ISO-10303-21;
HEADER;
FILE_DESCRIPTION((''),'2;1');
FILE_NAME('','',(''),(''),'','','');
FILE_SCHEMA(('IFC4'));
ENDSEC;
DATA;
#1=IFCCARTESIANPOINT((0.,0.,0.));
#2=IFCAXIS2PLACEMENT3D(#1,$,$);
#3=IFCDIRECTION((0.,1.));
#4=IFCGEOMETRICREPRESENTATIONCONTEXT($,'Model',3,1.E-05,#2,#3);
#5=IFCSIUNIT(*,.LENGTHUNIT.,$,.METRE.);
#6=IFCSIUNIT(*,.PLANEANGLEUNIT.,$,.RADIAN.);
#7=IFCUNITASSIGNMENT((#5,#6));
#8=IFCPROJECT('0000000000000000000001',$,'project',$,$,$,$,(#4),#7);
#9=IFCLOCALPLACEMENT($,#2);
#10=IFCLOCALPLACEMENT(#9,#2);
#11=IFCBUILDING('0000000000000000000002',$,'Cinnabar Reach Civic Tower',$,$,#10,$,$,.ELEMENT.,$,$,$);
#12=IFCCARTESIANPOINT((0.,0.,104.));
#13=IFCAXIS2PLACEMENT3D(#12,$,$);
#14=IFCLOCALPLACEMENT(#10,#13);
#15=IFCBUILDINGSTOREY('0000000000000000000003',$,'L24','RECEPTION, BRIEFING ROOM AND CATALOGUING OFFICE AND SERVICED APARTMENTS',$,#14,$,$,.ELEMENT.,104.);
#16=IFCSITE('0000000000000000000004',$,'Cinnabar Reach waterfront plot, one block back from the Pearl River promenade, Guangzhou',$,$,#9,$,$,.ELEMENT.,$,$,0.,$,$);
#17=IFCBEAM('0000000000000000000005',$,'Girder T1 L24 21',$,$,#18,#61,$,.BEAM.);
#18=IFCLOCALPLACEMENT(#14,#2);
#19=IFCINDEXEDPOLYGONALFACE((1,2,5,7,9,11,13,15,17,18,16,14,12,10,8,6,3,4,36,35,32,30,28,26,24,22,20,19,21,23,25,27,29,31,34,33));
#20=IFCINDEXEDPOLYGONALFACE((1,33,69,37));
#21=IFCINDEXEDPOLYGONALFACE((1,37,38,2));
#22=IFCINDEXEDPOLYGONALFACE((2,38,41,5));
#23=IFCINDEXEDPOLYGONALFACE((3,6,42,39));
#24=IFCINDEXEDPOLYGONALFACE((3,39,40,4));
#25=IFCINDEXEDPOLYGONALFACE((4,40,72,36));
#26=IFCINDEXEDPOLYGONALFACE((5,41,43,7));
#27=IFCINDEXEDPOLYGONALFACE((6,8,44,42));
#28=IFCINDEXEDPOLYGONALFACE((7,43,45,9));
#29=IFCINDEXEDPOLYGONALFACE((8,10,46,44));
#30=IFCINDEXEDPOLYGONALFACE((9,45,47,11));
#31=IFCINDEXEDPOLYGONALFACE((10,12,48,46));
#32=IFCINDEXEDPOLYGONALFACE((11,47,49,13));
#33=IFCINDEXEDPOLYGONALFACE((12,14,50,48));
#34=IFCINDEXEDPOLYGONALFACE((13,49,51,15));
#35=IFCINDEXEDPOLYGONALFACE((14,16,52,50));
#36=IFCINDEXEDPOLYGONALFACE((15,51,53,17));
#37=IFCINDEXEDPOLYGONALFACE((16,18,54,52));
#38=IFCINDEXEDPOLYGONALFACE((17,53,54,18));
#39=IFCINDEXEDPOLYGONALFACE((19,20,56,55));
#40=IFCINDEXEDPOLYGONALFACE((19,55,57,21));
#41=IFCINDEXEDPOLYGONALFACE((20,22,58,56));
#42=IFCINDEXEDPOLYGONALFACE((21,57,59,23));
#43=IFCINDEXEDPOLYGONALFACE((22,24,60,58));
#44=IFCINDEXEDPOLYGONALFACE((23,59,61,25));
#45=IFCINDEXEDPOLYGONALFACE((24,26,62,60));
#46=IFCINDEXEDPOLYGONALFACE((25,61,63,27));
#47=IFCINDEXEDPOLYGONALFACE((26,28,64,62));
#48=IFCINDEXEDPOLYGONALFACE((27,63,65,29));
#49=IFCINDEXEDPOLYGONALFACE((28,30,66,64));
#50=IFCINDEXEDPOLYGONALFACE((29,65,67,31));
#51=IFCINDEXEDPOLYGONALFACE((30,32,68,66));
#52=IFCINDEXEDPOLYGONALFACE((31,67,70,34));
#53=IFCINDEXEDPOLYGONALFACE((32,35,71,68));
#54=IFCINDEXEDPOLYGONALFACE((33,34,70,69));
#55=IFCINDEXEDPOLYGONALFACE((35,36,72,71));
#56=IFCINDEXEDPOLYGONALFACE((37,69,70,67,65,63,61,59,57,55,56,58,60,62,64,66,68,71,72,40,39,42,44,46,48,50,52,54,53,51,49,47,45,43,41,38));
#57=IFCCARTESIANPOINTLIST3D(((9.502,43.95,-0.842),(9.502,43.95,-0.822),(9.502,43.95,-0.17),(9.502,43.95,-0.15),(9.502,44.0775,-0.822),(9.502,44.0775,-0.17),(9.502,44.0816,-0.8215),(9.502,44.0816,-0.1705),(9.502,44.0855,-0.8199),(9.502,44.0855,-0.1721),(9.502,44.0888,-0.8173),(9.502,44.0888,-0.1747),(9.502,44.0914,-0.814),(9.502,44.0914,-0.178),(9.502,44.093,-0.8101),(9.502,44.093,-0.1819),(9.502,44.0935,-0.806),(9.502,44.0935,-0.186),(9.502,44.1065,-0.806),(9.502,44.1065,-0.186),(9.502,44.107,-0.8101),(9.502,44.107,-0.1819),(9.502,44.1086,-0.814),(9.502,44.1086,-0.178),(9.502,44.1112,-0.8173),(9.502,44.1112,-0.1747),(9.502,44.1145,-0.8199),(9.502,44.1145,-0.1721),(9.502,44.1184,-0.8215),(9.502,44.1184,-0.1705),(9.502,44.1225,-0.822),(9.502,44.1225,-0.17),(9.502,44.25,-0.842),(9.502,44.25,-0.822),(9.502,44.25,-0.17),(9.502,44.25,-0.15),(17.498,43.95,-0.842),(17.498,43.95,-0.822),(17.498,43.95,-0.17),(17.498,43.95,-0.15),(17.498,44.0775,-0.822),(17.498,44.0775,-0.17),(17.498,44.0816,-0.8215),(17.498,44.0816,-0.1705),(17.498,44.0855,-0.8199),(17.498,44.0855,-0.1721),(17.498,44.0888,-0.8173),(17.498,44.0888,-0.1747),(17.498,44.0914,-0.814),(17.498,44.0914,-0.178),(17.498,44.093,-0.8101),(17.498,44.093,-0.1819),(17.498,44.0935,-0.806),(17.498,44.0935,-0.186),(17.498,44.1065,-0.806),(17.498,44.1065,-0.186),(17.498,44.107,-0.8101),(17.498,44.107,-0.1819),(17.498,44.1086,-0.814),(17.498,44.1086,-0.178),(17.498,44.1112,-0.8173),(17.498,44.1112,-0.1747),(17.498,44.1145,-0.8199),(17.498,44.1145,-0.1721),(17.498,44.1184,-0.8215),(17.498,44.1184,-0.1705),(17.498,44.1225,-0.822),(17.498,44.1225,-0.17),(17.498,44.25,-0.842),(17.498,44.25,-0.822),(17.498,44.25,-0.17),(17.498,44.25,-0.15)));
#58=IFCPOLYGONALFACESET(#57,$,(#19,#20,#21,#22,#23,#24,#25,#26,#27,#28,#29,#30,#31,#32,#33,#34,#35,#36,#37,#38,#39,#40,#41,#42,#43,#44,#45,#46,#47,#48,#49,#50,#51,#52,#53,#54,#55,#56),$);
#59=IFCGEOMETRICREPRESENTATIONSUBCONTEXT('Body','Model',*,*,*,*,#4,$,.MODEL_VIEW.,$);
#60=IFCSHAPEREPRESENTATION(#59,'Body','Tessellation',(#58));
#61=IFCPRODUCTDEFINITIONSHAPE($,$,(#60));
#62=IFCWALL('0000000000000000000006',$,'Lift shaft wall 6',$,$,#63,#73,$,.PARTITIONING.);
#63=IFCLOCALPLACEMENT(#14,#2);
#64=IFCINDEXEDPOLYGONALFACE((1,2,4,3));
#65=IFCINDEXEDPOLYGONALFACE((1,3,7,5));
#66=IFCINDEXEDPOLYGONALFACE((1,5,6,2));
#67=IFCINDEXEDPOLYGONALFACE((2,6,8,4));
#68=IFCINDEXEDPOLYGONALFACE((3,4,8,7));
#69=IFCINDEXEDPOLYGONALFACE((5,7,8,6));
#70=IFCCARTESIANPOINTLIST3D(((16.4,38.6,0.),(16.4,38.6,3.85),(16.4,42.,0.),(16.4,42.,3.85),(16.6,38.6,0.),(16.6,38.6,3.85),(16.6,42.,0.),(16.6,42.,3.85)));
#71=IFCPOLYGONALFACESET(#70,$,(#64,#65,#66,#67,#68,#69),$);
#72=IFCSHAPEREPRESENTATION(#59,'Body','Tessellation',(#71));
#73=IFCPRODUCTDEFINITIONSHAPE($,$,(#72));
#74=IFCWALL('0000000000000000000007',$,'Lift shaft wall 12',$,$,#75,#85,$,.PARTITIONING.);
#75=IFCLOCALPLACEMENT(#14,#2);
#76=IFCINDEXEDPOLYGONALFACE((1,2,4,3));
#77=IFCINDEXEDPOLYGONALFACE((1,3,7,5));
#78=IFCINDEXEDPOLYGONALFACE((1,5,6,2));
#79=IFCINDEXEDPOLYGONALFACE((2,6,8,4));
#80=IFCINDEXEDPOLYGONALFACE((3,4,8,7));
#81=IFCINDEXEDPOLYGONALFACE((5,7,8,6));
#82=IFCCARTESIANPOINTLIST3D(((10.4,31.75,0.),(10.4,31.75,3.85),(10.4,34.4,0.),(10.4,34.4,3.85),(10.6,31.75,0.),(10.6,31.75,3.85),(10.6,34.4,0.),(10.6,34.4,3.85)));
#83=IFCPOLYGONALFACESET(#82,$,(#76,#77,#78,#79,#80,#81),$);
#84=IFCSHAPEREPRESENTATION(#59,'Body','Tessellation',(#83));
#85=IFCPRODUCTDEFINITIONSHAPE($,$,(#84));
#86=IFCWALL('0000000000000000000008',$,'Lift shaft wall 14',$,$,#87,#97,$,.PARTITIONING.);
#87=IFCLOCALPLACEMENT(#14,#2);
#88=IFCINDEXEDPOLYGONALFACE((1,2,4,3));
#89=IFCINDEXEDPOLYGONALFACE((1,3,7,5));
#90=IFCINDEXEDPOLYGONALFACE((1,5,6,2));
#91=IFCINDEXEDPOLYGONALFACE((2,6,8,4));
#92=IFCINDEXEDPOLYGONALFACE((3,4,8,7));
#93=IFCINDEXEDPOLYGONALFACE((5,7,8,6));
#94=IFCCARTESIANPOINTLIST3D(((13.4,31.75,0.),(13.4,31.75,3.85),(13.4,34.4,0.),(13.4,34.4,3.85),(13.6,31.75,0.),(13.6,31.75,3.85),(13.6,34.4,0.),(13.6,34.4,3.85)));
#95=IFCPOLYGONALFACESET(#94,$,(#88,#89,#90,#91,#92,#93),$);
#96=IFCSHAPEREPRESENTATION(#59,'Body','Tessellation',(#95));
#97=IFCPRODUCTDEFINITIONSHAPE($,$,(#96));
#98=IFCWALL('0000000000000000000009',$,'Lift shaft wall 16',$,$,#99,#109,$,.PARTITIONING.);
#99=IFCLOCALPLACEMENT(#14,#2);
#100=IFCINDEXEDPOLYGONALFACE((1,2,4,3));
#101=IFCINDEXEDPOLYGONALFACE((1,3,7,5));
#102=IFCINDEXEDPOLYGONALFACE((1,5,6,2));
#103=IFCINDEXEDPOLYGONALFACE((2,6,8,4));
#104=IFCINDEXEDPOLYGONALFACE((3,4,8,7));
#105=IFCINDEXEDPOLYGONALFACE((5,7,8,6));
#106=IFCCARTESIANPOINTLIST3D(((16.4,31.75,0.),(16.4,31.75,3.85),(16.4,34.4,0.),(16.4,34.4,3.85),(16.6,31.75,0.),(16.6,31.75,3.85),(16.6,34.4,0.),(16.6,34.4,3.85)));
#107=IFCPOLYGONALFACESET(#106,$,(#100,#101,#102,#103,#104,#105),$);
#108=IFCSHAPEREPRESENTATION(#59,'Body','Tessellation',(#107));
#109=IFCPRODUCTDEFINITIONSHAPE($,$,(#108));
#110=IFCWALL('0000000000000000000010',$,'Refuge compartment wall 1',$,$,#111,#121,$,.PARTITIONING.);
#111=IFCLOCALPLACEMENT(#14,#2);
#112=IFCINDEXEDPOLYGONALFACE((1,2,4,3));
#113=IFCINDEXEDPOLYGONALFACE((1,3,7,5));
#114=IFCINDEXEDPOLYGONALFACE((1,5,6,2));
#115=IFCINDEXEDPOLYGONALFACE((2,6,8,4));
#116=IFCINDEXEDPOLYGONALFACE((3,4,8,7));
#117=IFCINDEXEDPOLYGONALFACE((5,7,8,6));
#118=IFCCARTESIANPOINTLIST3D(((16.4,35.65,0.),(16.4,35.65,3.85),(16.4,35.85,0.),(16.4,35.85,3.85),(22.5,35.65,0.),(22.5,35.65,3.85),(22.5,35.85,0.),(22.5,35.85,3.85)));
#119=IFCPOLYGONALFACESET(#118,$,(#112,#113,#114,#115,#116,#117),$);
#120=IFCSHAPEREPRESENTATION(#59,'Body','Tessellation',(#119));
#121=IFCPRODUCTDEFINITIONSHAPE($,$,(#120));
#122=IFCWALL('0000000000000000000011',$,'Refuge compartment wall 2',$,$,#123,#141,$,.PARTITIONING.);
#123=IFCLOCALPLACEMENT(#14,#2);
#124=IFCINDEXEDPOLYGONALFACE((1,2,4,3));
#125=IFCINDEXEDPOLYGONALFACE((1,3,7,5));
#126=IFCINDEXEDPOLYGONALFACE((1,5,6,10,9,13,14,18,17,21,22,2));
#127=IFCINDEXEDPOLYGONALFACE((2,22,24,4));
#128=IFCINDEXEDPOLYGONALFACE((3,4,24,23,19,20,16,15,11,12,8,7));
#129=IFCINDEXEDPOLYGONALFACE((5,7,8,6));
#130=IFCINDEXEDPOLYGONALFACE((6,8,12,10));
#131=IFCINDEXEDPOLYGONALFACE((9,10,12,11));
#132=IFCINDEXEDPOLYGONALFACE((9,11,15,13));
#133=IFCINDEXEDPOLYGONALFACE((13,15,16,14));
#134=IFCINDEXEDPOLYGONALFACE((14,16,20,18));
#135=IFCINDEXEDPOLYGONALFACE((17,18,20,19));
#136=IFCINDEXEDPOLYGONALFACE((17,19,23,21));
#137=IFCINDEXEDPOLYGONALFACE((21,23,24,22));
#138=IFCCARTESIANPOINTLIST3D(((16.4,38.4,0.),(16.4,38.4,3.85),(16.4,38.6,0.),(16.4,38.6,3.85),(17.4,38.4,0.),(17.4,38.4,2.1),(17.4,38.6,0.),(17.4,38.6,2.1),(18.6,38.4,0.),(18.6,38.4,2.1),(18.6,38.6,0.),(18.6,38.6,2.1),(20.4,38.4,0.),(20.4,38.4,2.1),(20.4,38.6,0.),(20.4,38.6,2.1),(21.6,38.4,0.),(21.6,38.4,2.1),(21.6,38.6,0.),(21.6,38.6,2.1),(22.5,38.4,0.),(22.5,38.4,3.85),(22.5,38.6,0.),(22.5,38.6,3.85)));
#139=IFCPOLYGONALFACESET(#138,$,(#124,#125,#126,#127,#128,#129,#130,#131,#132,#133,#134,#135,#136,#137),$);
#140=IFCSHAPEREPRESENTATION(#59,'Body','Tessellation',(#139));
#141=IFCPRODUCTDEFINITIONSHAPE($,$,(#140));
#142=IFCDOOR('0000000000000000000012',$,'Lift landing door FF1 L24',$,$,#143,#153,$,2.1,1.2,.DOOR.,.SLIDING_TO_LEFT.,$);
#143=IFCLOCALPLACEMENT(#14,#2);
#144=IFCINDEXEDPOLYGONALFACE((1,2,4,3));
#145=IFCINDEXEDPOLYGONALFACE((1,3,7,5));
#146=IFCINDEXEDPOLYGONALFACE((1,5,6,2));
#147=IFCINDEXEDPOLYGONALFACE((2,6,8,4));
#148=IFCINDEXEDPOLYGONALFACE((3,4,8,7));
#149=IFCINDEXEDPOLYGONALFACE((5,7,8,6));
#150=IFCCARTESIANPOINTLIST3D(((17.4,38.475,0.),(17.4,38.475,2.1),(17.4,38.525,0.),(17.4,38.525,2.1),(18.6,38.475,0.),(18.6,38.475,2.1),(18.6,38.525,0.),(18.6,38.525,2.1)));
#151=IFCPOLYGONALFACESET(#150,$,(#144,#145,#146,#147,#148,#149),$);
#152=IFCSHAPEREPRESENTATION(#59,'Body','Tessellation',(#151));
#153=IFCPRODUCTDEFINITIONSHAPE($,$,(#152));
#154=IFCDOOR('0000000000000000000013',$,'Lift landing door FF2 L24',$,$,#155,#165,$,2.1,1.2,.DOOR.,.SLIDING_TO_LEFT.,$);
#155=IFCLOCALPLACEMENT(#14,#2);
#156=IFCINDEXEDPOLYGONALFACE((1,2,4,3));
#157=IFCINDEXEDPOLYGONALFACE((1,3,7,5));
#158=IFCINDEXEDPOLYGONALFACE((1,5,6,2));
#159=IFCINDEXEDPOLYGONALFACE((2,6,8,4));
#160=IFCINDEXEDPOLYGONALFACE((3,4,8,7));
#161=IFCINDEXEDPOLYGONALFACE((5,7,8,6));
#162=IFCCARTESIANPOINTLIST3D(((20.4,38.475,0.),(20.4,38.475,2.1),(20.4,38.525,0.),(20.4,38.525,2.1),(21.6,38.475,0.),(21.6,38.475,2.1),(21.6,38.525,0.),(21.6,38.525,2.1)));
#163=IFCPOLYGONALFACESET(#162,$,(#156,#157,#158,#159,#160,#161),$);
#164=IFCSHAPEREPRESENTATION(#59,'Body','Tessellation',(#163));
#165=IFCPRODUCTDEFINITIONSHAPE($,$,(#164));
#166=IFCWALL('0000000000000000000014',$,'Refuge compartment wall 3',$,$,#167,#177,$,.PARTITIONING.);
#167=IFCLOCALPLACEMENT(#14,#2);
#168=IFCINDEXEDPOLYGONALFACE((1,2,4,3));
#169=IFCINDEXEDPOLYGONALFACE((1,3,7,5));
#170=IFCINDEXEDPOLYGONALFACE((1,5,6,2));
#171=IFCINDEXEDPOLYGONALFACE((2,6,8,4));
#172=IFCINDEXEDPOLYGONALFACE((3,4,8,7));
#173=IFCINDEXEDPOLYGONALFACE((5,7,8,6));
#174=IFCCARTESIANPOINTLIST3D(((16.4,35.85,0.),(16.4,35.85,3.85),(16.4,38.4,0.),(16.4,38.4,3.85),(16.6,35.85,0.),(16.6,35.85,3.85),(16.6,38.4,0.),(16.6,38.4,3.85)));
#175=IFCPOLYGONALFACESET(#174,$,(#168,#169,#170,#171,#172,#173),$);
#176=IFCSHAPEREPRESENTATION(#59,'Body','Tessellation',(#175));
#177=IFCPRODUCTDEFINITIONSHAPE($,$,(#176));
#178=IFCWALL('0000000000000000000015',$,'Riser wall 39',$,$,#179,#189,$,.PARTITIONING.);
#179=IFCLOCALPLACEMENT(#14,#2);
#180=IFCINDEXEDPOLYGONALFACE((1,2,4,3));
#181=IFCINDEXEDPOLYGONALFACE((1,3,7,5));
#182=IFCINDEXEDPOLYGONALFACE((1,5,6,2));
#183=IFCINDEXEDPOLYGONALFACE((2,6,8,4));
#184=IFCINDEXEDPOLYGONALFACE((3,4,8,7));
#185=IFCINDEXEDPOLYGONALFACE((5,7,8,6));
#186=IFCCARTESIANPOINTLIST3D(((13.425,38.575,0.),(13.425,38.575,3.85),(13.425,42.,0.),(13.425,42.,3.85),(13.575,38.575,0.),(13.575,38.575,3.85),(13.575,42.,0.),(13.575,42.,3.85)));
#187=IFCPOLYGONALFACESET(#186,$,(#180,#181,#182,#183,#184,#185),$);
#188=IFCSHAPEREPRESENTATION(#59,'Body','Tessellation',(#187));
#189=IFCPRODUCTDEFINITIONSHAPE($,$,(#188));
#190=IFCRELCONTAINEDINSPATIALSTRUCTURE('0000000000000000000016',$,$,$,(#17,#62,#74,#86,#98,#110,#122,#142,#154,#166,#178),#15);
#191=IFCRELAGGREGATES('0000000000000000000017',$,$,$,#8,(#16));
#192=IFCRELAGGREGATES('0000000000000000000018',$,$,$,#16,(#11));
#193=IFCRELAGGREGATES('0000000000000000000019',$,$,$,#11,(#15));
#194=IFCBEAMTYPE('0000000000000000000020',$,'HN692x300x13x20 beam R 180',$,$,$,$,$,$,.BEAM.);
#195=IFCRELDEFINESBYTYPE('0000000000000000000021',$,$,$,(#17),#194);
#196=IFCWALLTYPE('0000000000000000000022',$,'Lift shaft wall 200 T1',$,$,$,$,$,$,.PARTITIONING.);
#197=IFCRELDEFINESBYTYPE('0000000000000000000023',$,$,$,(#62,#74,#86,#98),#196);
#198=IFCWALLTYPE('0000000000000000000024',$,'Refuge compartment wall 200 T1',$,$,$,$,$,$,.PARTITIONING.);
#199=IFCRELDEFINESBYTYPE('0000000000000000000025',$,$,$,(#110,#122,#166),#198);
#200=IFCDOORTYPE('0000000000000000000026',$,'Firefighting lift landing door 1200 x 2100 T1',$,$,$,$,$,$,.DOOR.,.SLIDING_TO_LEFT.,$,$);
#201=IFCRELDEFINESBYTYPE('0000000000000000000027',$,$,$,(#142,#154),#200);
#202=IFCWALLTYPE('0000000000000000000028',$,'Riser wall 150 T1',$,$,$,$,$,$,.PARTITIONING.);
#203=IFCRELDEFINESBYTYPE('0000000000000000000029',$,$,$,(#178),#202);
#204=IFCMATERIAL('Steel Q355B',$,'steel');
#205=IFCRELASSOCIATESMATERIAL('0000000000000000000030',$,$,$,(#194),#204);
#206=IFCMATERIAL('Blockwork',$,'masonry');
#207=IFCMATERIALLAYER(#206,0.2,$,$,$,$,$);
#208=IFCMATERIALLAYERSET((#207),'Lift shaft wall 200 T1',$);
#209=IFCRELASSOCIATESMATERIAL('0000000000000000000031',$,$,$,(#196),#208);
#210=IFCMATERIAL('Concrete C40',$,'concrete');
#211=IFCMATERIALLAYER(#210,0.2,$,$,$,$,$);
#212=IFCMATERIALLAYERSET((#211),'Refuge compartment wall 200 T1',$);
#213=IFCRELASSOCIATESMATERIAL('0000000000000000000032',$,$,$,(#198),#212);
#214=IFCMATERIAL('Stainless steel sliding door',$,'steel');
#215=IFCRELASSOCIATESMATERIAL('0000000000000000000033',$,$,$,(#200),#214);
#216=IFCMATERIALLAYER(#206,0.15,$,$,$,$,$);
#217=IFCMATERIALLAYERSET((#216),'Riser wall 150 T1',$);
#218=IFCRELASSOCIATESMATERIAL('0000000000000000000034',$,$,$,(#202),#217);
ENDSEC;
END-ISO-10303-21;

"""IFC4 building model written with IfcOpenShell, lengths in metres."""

from ifc_helpers import new_model, si_unit, direction, frame, frame_2d, origin, origin_2d, place, context, subcontext, project, spatial, rectangle, i_section, extrude, material, layer, layer_set, material_profile, profile_set, type_object, element, fill, save


model = new_model("IFC4")

# Units and contexts
model_context = context("Model", 3, precision=1e-05, world=origin(), true_north=direction((0.0, 1.0)))
body_context = subcontext(model_context, "Body", "Model", "MODEL_VIEW")
ifc_project = project(units=[si_unit("LENGTHUNIT", "METRE"), si_unit("PLANEANGLEUNIT", "RADIAN")], contexts=[model_context])

# Site, building, storey
site_placement = place(None, origin())
site = spatial("IfcSite", under=ifc_project, at=site_placement, Name="Cinnabar Reach waterfront plot, one block back from the Pearl River promenade, Guangzhou", CompositionType="ELEMENT", RefElevation=0.0)
building_placement = place(site_placement, origin())
building = spatial("IfcBuilding", under=site, at=building_placement, Name="Cinnabar Reach Civic Tower", CompositionType="ELEMENT")
storey_placement = place(building_placement, frame((0.0, 0.0, 104.0)))
storey = spatial("IfcBuildingStorey", under=building, at=storey_placement, Name="L24", Description="RECEPTION, BRIEFING ROOM AND CATALOGUING OFFICE AND SERVICED APARTMENTS", CompositionType="ELEMENT", Elevation=104.0)

# Beam
ifc_material_1 = material(Name="Steel Q355B", Category="steel")
ifc_material_profile_1 = material_profile(ifc_material_1, i_section(OverallWidth=0.3, OverallDepth=0.692, WebThickness=0.013, FlangeThickness=0.02, FilletRadius=0.016, at=origin_2d()), Name="HN692x300x13x20")
ifc_profile_set_1 = profile_set([ifc_material_profile_1], Name="Steel Q355B")
beam_type_1 = type_object("IfcBeamType", Name="HN692x300x13x20 beam R 180", PredefinedType="BEAM", material=ifc_profile_set_1)
beam_1_placement = place(storey_placement, frame((9.502, 44.1, -0.496), z_axis=(1.0, 0.0, 0.0), x_axis=(0.0, 1.0, 0.0)))
element("IfcBeam", 1, at=beam_1_placement, inside=storey, type_object=beam_type_1, Name="Girder T1 L24 21", PredefinedType="BEAM", context=body_context, shape_type="SweptSolid", body=[
    extrude(i_section(OverallWidth=0.3, OverallDepth=0.692, WebThickness=0.013, FlangeThickness=0.02, FilletRadius=0.016, at=origin_2d()), origin(), (0.0, 0.0, 1.0), 7.996),
])

# Walls
ifc_material_2 = material(Name="Blockwork", Category="masonry")
ifc_layer_1 = layer(ifc_material_2, 0.2)
ifc_layer_set_1 = layer_set([ifc_layer_1], Name="Lift shaft wall 200 T1")
wall_type_1 = type_object("IfcWallType", Name="Lift shaft wall 200 T1", PredefinedType="PARTITIONING", material=ifc_layer_set_1)
wall_1_placement = place(storey_placement, frame((16.5, 38.6, 0.0), z_axis=(0.0, 0.0, 1.0), x_axis=(0.0, 1.0, 0.0)))
element("IfcWall", 2, at=wall_1_placement, inside=storey, type_object=wall_type_1, Name="Lift shaft wall 6", PredefinedType="PARTITIONING", context=body_context, shape_type="SweptSolid", body=[
    extrude(rectangle(XDim=3.4, YDim=0.2, at=frame_2d((1.7, 0.0))), origin(), (0.0, 0.0, 1.0), 3.85),
])
for number, where, z_axis, x_axis, name in (
    (3, (10.5, 31.75, 0.0), (0.0, 0.0, 1.0), (0.0, 1.0, 0.0), "Lift shaft wall 12"),
    (4, (13.5, 31.75, 0.0), (0.0, 0.0, 1.0), (0.0, 1.0, 0.0), "Lift shaft wall 14"),
    (5, (16.5, 31.75, 0.0), (0.0, 0.0, 1.0), (0.0, 1.0, 0.0), "Lift shaft wall 16"),
):
    element("IfcWall", number, at=place(storey_placement, frame(where, z_axis=z_axis, x_axis=x_axis)), inside=storey, type_object=wall_type_1, Name=name, PredefinedType="PARTITIONING", context=body_context, shape_type="SweptSolid", body=[
        extrude(rectangle(XDim=2.65, YDim=0.2, at=frame_2d((1.325, 0.0))), origin(), (0.0, 0.0, 1.0), 3.85),
    ])
ifc_material_3 = material(Name="Concrete C40", Category="concrete")
ifc_layer_2 = layer(ifc_material_3, 0.2)
ifc_layer_set_2 = layer_set([ifc_layer_2], Name="Refuge compartment wall 200 T1")
wall_type_2 = type_object("IfcWallType", Name="Refuge compartment wall 200 T1", PredefinedType="PARTITIONING", material=ifc_layer_set_2)
wall_2_placement = place(storey_placement, frame((16.4, 35.75, 0.0), z_axis=(0.0, 0.0, 1.0), x_axis=(1.0, 0.0, 0.0)))
element("IfcWall", 6, at=wall_2_placement, inside=storey, type_object=wall_type_2, Name="Refuge compartment wall 1", PredefinedType="PARTITIONING", context=body_context, shape_type="SweptSolid", body=[
    extrude(rectangle(XDim=6.1, YDim=0.2, at=frame_2d((3.05, 0.0))), origin(), (0.0, 0.0, 1.0), 3.85),
])

# Wall, openings, doors
wall_3_placement = place(storey_placement, frame((16.4, 38.5, 0.0), z_axis=(0.0, 0.0, 1.0), x_axis=(1.0, 0.0, 0.0)))
wall_3 = element("IfcWall", 7, at=wall_3_placement, inside=storey, type_object=wall_type_2, Name="Refuge compartment wall 2", PredefinedType="PARTITIONING", context=body_context, shape_type="SweptSolid", body=[
    extrude(rectangle(XDim=6.1, YDim=0.2, at=frame_2d((3.05, 0.0))), origin(), (0.0, 0.0, 1.0), 3.85),
])
opening_1_placement = place(wall_3_placement, frame((1.0, 0.0, 0.0)))
opening_1 = element("IfcOpeningElement", 8, at=opening_1_placement, cuts=wall_3, PredefinedType="OPENING", context=body_context, shape_type="SweptSolid", body=[
    extrude(rectangle(XDim=1.2, YDim=2.1, at=frame_2d((0.6, 1.05))), frame((0.0, 0.11, 0.0), z_axis=(0.0, -1.0, 0.0), x_axis=(1.0, 0.0, 0.0)), (0.0, 0.0, 1.0), 0.22),
])
opening_2_placement = place(wall_3_placement, frame((4.0, 0.0, 0.0)))
opening_2 = element("IfcOpeningElement", 9, at=opening_2_placement, cuts=wall_3, PredefinedType="OPENING", context=body_context, shape_type="SweptSolid", body=[
    extrude(rectangle(XDim=1.2, YDim=2.1, at=frame_2d((0.6, 1.05))), frame((0.0, 0.11, 0.0), z_axis=(0.0, -1.0, 0.0), x_axis=(1.0, 0.0, 0.0)), (0.0, 0.0, 1.0), 0.22),
])
ifc_material_4 = material(Name="Stainless steel sliding door", Category="steel")
door_type = type_object("IfcDoorType", Name="Firefighting lift landing door 1200 x 2100 T1", OperationType="SLIDING_TO_LEFT", PredefinedType="DOOR", material=ifc_material_4)
door_1_placement = place(opening_1_placement, origin())
door_1 = element("IfcDoor", 10, at=door_1_placement, inside=storey, type_object=door_type, Name="Lift landing door FF1 L24", OperationType="SLIDING_TO_LEFT", OverallHeight=2.1, OverallWidth=1.2, PredefinedType="DOOR", context=body_context, shape_type="SweptSolid", body=[
    extrude(rectangle(XDim=1.2, YDim=2.1, at=frame_2d((0.6, 1.05))), frame((0.0, 0.025, 0.0), z_axis=(0.0, -1.0, 0.0), x_axis=(1.0, 0.0, 0.0)), (0.0, 0.0, 1.0), 0.05),
])
fill(opening_1, door_1)
door_2_placement = place(opening_2_placement, origin())
door_2 = element("IfcDoor", 11, at=door_2_placement, inside=storey, type_object=door_type, Name="Lift landing door FF2 L24", OperationType="SLIDING_TO_LEFT", OverallHeight=2.1, OverallWidth=1.2, PredefinedType="DOOR", context=body_context, shape_type="SweptSolid", body=[
    extrude(rectangle(XDim=1.2, YDim=2.1, at=frame_2d((0.6, 1.05))), frame((0.0, 0.025, 0.0), z_axis=(0.0, -1.0, 0.0), x_axis=(1.0, 0.0, 0.0)), (0.0, 0.0, 1.0), 0.05),
])
fill(opening_2, door_2)

# Walls
wall_4_placement = place(storey_placement, frame((16.5, 35.85, 0.0), z_axis=(0.0, 0.0, 1.0), x_axis=(0.0, 1.0, 0.0)))
element("IfcWall", 12, at=wall_4_placement, inside=storey, type_object=wall_type_2, Name="Refuge compartment wall 3", PredefinedType="PARTITIONING", context=body_context, shape_type="SweptSolid", body=[
    extrude(rectangle(XDim=2.55, YDim=0.2, at=frame_2d((1.275, 0.0))), origin(), (0.0, 0.0, 1.0), 3.85),
])
ifc_layer_3 = layer(ifc_material_2, 0.15)
ifc_layer_set_3 = layer_set([ifc_layer_3], Name="Riser wall 150 T1")
wall_type_3 = type_object("IfcWallType", Name="Riser wall 150 T1", PredefinedType="PARTITIONING", material=ifc_layer_set_3)
wall_5_placement = place(storey_placement, frame((13.5, 38.575, 0.0), z_axis=(0.0, 0.0, 1.0), x_axis=(0.0, 1.0, 0.0)))
element("IfcWall", 13, at=wall_5_placement, inside=storey, type_object=wall_type_3, Name="Riser wall 39", PredefinedType="PARTITIONING", context=body_context, shape_type="SweptSolid", body=[
    extrude(rectangle(XDim=3.425, YDim=0.15, at=frame_2d((1.7125, 0.0))), origin(), (0.0, 0.0, 1.0), 3.85),
])

save(model, "model.ifc")
